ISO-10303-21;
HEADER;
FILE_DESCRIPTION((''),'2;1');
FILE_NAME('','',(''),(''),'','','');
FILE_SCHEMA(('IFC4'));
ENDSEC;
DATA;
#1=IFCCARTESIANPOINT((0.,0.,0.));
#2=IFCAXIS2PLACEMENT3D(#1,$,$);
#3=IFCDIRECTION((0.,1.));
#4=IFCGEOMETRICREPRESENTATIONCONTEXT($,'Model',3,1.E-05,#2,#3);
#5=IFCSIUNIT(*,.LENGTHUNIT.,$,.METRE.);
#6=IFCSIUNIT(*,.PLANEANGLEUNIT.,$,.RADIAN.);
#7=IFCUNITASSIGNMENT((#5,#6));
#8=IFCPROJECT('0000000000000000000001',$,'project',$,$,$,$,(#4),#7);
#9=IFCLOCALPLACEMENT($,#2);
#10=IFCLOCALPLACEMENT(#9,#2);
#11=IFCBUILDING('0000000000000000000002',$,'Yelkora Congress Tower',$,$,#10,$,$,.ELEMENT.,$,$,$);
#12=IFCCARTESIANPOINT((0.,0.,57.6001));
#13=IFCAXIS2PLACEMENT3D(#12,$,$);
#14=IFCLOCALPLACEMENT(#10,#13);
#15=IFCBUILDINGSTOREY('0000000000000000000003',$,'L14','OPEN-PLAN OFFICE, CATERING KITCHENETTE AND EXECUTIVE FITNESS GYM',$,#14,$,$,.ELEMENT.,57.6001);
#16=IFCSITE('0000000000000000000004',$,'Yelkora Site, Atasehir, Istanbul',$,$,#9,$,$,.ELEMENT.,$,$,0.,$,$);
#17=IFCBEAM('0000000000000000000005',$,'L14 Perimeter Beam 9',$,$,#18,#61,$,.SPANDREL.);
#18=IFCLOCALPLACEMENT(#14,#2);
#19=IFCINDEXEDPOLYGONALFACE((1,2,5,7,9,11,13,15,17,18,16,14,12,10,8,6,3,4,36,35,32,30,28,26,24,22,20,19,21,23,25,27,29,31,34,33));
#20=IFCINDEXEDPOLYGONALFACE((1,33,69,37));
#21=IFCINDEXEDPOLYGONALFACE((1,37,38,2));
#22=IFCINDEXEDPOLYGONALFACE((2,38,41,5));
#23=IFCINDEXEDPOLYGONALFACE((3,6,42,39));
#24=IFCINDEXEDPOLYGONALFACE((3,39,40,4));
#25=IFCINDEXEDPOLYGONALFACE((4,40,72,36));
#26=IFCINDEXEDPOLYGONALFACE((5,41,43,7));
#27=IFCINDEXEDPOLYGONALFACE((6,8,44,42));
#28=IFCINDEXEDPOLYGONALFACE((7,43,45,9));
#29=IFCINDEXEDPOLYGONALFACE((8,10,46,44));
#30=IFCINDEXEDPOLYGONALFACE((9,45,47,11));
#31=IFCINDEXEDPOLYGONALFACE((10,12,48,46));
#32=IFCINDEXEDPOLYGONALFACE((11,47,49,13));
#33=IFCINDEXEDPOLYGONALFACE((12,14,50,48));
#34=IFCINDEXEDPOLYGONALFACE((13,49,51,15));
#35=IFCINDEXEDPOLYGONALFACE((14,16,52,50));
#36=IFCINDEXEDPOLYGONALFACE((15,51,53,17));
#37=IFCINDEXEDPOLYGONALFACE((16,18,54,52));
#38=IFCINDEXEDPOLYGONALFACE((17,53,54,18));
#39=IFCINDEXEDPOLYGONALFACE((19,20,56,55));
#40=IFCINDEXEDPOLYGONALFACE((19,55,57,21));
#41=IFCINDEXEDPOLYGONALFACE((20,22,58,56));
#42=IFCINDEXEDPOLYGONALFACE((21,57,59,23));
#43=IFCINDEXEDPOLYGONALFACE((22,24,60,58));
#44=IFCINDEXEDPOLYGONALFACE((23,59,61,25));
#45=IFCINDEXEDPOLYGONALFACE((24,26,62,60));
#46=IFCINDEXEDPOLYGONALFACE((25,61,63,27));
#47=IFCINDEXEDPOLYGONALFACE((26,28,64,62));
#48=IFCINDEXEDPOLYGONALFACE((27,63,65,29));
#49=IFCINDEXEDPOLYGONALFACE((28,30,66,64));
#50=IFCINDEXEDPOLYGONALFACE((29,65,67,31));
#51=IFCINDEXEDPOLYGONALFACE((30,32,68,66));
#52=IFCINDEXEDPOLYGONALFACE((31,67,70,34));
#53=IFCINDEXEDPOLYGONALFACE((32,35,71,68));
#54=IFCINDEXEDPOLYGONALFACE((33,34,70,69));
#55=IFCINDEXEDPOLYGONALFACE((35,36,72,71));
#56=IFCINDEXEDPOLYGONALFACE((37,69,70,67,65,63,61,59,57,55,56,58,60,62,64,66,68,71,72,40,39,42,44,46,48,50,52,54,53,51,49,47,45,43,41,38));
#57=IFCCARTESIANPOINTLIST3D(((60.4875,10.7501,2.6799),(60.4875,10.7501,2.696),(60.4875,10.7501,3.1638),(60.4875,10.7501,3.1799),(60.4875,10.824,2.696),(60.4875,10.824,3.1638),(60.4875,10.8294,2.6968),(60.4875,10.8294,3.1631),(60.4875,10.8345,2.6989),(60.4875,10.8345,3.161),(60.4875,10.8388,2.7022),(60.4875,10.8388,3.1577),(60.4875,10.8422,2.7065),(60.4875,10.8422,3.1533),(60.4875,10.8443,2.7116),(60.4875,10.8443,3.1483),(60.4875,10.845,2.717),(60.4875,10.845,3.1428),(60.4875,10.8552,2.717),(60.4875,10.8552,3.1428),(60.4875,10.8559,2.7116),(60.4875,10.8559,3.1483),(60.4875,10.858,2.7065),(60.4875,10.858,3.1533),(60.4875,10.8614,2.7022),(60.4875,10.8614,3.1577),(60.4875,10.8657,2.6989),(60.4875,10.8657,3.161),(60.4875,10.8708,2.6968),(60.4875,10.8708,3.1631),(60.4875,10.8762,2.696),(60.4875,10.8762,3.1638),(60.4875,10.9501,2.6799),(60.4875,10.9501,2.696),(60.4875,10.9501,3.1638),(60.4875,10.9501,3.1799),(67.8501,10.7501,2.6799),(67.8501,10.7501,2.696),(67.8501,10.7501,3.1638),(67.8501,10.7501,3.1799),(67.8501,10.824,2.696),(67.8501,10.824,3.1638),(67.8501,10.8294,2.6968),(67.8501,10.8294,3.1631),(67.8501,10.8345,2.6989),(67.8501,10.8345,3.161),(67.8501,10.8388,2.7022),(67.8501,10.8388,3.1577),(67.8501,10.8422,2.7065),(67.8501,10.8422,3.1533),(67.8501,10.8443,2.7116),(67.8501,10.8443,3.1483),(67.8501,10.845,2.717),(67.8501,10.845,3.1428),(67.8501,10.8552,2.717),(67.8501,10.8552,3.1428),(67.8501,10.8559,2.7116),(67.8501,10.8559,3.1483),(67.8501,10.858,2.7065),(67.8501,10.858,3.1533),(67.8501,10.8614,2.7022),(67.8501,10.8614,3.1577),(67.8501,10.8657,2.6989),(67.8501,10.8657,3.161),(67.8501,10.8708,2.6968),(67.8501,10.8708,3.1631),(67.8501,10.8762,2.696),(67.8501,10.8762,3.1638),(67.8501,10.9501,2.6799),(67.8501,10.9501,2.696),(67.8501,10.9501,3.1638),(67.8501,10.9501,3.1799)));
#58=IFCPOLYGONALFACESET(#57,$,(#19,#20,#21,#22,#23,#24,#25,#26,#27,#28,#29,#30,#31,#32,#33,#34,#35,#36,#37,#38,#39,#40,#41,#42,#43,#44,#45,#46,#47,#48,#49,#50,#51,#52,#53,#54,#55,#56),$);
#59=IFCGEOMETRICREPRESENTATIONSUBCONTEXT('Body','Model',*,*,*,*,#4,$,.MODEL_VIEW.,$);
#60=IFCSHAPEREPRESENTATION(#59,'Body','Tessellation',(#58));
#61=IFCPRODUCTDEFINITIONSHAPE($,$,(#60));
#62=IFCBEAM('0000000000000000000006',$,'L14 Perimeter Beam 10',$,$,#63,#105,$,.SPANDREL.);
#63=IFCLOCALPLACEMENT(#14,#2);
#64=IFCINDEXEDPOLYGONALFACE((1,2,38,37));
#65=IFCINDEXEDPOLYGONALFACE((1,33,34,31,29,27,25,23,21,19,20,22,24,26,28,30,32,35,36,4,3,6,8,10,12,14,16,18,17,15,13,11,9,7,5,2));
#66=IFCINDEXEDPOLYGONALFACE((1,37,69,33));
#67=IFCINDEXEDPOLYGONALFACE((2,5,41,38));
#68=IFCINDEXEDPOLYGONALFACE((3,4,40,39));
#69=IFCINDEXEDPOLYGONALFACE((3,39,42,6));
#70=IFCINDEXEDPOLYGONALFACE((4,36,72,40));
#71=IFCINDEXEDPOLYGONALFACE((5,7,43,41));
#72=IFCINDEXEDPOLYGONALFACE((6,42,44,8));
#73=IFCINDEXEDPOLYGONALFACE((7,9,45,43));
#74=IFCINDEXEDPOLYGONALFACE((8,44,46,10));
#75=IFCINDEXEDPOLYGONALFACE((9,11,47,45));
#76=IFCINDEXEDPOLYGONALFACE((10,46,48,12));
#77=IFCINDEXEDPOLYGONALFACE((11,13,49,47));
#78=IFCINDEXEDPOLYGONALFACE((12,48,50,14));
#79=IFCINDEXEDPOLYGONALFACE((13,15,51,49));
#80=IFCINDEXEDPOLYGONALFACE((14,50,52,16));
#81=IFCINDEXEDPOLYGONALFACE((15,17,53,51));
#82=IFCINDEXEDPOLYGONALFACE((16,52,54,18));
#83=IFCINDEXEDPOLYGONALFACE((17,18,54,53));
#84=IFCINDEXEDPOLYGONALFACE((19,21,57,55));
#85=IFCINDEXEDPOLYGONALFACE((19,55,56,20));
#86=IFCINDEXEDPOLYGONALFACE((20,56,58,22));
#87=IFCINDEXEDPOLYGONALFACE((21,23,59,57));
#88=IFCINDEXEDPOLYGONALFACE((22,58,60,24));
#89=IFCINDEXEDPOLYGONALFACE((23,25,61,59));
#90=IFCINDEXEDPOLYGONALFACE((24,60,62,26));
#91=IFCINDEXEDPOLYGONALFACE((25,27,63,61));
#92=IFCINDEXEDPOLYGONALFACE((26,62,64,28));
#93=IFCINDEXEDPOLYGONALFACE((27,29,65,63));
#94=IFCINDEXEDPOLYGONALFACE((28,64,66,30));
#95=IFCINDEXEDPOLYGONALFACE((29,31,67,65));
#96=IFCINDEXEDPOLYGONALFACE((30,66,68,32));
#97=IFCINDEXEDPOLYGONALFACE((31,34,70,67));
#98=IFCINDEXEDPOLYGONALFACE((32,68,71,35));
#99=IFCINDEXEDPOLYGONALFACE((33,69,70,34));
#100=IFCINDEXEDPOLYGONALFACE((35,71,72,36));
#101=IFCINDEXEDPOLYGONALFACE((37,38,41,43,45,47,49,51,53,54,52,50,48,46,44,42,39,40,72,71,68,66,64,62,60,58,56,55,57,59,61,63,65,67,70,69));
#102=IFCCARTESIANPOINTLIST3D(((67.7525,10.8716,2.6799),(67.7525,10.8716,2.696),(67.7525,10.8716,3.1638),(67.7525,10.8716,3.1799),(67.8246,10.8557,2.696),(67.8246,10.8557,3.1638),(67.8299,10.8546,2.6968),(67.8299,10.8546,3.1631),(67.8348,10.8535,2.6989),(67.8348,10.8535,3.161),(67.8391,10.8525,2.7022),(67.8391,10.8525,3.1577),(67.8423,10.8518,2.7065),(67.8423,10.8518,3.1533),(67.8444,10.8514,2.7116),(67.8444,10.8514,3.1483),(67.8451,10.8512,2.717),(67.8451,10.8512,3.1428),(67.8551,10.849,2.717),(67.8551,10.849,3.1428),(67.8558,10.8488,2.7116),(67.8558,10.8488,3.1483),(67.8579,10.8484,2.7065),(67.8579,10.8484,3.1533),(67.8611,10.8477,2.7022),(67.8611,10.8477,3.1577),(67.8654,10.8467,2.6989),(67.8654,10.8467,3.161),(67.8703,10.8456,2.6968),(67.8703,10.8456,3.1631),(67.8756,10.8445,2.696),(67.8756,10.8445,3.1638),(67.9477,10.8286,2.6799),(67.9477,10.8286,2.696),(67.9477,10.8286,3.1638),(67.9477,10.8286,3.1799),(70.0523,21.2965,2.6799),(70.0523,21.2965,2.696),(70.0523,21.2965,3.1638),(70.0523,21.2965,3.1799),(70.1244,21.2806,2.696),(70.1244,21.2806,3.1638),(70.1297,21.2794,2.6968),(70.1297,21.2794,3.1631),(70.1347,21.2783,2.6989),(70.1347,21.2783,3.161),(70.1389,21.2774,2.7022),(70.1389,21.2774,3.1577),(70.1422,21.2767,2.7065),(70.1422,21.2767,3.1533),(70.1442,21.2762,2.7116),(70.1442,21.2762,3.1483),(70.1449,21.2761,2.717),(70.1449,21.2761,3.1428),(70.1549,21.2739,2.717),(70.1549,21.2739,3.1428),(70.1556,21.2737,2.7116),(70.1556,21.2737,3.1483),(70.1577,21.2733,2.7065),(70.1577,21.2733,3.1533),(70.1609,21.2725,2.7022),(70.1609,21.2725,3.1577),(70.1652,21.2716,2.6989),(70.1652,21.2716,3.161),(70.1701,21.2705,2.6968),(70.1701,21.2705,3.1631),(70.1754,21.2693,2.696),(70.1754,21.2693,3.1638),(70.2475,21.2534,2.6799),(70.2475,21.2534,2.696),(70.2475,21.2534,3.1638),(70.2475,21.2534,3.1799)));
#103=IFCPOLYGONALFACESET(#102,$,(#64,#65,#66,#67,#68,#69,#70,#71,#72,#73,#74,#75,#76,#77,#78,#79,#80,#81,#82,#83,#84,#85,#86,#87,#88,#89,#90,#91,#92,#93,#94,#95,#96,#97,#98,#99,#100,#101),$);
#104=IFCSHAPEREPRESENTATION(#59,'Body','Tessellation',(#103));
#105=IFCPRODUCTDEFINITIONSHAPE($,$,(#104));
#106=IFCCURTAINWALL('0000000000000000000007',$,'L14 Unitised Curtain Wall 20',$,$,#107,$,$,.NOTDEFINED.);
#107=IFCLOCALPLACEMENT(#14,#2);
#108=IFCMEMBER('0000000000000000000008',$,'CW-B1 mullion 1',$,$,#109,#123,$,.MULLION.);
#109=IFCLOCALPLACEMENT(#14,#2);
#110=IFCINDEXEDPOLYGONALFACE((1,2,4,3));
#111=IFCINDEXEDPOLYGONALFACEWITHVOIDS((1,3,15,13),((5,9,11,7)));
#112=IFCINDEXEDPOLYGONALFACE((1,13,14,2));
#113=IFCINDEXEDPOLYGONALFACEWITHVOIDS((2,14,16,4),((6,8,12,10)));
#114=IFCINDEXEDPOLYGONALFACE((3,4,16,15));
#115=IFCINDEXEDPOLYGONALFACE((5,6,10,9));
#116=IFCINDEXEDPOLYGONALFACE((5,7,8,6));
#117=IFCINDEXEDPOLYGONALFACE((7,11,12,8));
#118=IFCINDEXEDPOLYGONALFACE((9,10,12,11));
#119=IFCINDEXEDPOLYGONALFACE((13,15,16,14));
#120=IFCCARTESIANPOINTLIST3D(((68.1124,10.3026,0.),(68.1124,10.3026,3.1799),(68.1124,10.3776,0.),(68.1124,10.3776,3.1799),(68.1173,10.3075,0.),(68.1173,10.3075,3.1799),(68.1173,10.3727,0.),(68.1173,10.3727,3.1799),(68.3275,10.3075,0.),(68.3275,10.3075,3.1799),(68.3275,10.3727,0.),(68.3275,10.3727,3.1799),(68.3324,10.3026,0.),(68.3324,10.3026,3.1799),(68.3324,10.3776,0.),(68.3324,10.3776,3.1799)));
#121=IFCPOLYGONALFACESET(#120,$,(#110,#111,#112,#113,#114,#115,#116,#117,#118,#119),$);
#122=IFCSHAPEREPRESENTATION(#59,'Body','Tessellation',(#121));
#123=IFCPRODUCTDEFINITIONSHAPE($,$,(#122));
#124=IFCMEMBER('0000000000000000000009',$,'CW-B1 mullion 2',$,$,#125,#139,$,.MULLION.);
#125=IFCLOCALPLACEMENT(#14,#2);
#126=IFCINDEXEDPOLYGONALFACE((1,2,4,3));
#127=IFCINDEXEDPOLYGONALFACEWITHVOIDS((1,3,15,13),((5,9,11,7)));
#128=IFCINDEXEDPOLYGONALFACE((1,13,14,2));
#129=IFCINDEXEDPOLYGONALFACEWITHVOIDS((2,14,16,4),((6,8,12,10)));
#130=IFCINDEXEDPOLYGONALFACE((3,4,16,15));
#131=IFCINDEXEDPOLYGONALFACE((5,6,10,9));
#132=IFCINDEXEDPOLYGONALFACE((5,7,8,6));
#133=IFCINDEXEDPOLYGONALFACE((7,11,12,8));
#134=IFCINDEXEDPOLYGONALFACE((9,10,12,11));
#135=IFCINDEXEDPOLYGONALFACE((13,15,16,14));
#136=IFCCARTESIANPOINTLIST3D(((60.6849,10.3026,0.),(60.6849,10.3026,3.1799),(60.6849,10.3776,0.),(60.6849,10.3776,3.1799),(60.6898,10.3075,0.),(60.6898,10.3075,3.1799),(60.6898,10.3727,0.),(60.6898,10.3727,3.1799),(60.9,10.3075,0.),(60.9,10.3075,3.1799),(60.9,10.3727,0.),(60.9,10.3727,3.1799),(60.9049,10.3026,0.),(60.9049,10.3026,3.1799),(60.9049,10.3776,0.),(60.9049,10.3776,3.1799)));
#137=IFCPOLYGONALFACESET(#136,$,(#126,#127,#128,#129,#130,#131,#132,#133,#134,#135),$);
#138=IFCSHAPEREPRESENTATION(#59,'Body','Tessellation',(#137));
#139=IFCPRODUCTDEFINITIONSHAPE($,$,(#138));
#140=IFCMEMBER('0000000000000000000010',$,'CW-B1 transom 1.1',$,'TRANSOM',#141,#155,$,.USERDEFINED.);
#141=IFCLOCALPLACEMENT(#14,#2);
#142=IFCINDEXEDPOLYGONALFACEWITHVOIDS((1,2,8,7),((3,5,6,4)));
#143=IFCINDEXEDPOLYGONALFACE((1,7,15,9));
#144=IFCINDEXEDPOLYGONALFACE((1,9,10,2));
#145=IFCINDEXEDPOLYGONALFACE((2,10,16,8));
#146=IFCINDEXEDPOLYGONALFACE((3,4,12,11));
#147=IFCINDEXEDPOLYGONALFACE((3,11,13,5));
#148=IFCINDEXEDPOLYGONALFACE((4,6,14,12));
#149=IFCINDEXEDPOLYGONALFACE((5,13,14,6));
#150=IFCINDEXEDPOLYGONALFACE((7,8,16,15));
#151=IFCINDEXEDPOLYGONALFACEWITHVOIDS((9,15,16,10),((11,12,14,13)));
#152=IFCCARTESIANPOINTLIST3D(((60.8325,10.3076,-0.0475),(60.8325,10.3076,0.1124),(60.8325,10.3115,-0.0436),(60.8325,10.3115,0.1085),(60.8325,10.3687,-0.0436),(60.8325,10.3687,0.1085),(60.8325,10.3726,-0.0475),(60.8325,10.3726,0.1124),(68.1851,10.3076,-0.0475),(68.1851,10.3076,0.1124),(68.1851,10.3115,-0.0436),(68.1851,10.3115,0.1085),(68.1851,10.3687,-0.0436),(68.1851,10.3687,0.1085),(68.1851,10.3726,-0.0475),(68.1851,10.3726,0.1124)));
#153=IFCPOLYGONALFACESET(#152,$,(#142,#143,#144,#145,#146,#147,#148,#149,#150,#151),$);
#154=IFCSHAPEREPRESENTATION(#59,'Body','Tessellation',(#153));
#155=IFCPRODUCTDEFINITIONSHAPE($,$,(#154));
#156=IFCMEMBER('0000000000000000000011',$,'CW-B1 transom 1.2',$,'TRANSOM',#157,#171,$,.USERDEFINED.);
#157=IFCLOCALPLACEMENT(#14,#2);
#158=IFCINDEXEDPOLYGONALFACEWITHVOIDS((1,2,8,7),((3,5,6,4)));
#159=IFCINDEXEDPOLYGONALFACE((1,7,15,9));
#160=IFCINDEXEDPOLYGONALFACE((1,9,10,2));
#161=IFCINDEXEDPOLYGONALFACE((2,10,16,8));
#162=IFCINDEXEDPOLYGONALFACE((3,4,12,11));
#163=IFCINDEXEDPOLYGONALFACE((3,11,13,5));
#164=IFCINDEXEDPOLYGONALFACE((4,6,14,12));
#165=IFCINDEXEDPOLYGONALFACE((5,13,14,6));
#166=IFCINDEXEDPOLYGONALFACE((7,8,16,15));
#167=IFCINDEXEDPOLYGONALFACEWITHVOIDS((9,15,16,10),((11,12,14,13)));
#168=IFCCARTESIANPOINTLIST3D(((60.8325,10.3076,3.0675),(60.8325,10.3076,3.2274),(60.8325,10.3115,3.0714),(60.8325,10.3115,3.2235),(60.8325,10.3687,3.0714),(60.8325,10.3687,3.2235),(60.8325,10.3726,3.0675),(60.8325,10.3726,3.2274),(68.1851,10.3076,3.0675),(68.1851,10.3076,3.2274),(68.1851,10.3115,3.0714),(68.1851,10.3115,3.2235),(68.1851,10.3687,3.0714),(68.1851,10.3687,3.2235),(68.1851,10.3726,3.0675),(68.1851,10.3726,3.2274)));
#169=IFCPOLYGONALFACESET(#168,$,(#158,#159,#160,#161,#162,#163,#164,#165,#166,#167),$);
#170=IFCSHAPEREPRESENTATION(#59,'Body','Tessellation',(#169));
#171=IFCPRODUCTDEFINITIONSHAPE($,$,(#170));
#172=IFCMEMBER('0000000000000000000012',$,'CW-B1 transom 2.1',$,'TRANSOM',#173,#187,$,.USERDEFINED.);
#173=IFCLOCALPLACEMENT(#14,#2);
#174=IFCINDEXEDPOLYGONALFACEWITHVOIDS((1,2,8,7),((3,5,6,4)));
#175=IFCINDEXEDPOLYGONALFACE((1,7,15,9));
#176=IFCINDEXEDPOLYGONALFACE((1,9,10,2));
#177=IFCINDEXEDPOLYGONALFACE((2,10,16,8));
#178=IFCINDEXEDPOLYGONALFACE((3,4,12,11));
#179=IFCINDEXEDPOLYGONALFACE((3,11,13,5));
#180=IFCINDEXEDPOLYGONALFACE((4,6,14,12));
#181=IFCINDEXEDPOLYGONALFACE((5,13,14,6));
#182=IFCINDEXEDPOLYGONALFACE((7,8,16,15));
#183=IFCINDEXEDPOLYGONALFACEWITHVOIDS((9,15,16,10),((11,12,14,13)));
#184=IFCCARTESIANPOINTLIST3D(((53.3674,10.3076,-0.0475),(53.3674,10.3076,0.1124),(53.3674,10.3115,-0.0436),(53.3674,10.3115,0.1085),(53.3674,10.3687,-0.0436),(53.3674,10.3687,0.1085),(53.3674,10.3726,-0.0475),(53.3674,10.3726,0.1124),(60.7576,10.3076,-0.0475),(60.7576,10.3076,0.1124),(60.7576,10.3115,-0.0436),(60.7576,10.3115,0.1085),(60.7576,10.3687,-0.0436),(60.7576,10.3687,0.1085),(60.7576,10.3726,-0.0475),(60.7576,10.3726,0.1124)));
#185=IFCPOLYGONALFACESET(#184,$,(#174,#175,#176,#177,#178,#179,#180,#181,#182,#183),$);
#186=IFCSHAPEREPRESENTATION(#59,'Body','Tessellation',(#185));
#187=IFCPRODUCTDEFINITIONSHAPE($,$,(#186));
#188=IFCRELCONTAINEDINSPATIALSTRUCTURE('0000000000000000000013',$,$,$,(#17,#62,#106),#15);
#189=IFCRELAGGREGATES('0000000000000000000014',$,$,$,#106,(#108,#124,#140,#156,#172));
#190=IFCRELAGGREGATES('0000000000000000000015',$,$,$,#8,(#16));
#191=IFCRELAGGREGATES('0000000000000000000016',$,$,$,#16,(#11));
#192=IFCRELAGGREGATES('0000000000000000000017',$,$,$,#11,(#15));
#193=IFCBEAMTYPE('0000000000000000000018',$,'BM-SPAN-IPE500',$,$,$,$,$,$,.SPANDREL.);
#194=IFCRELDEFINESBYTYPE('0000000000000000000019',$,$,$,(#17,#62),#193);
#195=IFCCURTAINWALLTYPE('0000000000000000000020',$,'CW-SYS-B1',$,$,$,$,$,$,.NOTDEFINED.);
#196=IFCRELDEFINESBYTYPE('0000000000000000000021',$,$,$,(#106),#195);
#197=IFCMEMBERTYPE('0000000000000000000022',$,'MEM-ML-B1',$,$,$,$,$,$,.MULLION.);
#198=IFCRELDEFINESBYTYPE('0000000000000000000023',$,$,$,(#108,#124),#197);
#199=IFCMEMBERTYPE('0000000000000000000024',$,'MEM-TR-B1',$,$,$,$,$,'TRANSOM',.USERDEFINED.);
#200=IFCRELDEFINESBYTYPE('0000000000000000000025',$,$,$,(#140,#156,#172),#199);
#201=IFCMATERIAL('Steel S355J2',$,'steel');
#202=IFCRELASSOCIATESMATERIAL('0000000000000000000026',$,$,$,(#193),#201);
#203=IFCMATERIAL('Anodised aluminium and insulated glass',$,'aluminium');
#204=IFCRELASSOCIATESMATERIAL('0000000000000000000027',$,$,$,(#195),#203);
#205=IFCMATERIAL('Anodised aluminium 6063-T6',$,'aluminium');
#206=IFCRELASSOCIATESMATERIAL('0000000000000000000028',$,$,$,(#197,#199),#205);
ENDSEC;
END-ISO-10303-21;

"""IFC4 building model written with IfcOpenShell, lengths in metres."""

from ifc_helpers import new_model, si_unit, direction, frame, origin, origin_2d, place, context, subcontext, project, spatial, hollow_rectangle, i_section, extrude, material, material_profile, profile_set, type_object, element, aggregate, save


model = new_model("IFC4")

# Units and contexts
model_context = context("Model", 3, precision=1e-05, world=origin(), true_north=direction((0.0, 1.0)))
body_context = subcontext(model_context, "Body", "Model", "MODEL_VIEW")
ifc_project = project(units=[si_unit("LENGTHUNIT", "METRE"), si_unit("PLANEANGLEUNIT", "RADIAN")], contexts=[model_context])

# Site, building, storey
site_placement = place(None, origin())
site = spatial("IfcSite", under=ifc_project, at=site_placement, Name="Yelkora Site, Atasehir, Istanbul", CompositionType="ELEMENT", RefElevation=0.0)
building_placement = place(site_placement, origin())
building = spatial("IfcBuilding", under=site, at=building_placement, Name="Yelkora Congress Tower", CompositionType="ELEMENT")
storey_placement = place(building_placement, frame((0.0, 0.0, 57.6001)))
storey = spatial("IfcBuildingStorey", under=building, at=storey_placement, Name="L14", Description="OPEN-PLAN OFFICE, CATERING KITCHENETTE AND EXECUTIVE FITNESS GYM", CompositionType="ELEMENT", Elevation=57.6001)

# Beams
ifc_material_1 = material(Name="Steel S355J2", Category="steel")
ifc_material_profile_1 = material_profile(ifc_material_1, i_section(OverallWidth=0.2, OverallDepth=0.5, WebThickness=0.0103, FlangeThickness=0.0161, FilletRadius=0.021, at=origin_2d()), Name="IPE 500")
ifc_profile_set_1 = profile_set([ifc_material_profile_1], Name="Steel S355J2")
beam_type_1 = type_object("IfcBeamType", Name="BM-SPAN-IPE500", PredefinedType="SPANDREL", material=ifc_profile_set_1)
beam_1_placement = place(storey_placement, frame((60.4875, 10.8501, 2.9299), z_axis=(1.0, 0.0, 0.0), x_axis=(0.0, 1.0, 0.0)))
element("IfcBeam", 1, at=beam_1_placement, inside=storey, type_object=beam_type_1, Name="L14 Perimeter Beam 9", PredefinedType="SPANDREL", context=body_context, shape_type="SweptSolid", body=[
    extrude(i_section(OverallWidth=0.2, OverallDepth=0.5, WebThickness=0.0103, FlangeThickness=0.0161, FilletRadius=0.021, at=origin_2d()), origin(), (0.0, 0.0, 1.0), 7.3625),
])
beam_2_placement = place(storey_placement, frame((67.8501, 10.8501, 2.9299), z_axis=(0.215429, 0.97652, 0.0), x_axis=(-0.97652, 0.215429, 0.0)))
element("IfcBeam", 2, at=beam_2_placement, inside=storey, type_object=beam_type_1, Name="L14 Perimeter Beam 10", PredefinedType="SPANDREL", context=body_context, shape_type="SweptSolid", body=[
    extrude(i_section(OverallWidth=0.2, OverallDepth=0.5, WebThickness=0.0103, FlangeThickness=0.0161, FilletRadius=0.021, at=origin_2d()), origin(), (0.0, 0.0, 1.0), 10.6755),
])

# Curtain wall, members
ifc_material_2 = material(Name="Anodised aluminium and insulated glass", Category="aluminium")
curtain_wall_type = type_object("IfcCurtainWallType", Name="CW-SYS-B1", PredefinedType="NOTDEFINED", material=ifc_material_2)
curtain_wall_placement = place(storey_placement, origin())
curtain_wall = element("IfcCurtainWall", 3, at=curtain_wall_placement, inside=storey, type_object=curtain_wall_type, Name="L14 Unitised Curtain Wall 20", PredefinedType="NOTDEFINED")
ifc_material_3 = material(Name="Anodised aluminium 6063-T6", Category="aluminium")
ifc_material_profile_2 = material_profile(ifc_material_3, hollow_rectangle(XDim=0.075, YDim=0.22, WallThickness=0.0049, at=origin_2d()), Name="ALU 75x220x5")
ifc_profile_set_2 = profile_set([ifc_material_profile_2], Name="Anodised aluminium 6063-T6")
member_type_1 = type_object("IfcMemberType", Name="MEM-ML-B1", PredefinedType="MULLION", material=ifc_profile_set_2)
member_1_placement = place(storey_placement, frame((68.2224, 10.3401, 0.0), z_axis=(0.0, 0.0, 1.0), x_axis=(0.0, -1.0, 0.0)))
member_1 = element("IfcMember", 4, at=member_1_placement, type_object=member_type_1, Name="CW-B1 mullion 1", PredefinedType="MULLION", context=body_context, shape_type="SweptSolid", body=[
    extrude(hollow_rectangle(XDim=0.075, YDim=0.22, WallThickness=0.0049, at=origin_2d()), origin(), (0.0, 0.0, 1.0), 3.1799),
])
member_2_placement = place(storey_placement, frame((60.7949, 10.3401, 0.0), z_axis=(0.0, 0.0, 1.0), x_axis=(0.0, -1.0, 0.0)))
member_2 = element("IfcMember", 5, at=member_2_placement, type_object=member_type_1, Name="CW-B1 mullion 2", PredefinedType="MULLION", context=body_context, shape_type="SweptSolid", body=[
    extrude(hollow_rectangle(XDim=0.075, YDim=0.22, WallThickness=0.0049, at=origin_2d()), origin(), (0.0, 0.0, 1.0), 3.1799),
])
ifc_material_profile_3 = material_profile(ifc_material_3, hollow_rectangle(XDim=0.0649, YDim=0.1599, WallThickness=0.0039, at=origin_2d()), Name="ALU 65x160x4")
ifc_profile_set_3 = profile_set([ifc_material_profile_3], Name="Anodised aluminium 6063-T6")
member_type_2 = type_object("IfcMemberType", Name="MEM-TR-B1", ElementType="TRANSOM", PredefinedType="USERDEFINED", material=ifc_profile_set_3)
member_3_placement = place(storey_placement, frame((68.1851, 10.3401, 0.0325), z_axis=(-1.0, 0.0, 0.0), x_axis=(0.0, -1.0, 0.0)))
member_3 = element("IfcMember", 6, at=member_3_placement, type_object=member_type_2, Name="CW-B1 transom 1.1", ObjectType="TRANSOM", PredefinedType="USERDEFINED", context=body_context, shape_type="SweptSolid", body=[
    extrude(hollow_rectangle(XDim=0.0649, YDim=0.1599, WallThickness=0.0039, at=origin_2d()), origin(), (0.0, 0.0, 1.0), 7.3525),
])
member_4_placement = place(storey_placement, frame((68.1851, 10.3401, 3.1475), z_axis=(-1.0, 0.0, 0.0), x_axis=(0.0, -1.0, 0.0)))
member_4 = element("IfcMember", 7, at=member_4_placement, type_object=member_type_2, Name="CW-B1 transom 1.2", ObjectType="TRANSOM", PredefinedType="USERDEFINED", context=body_context, shape_type="SweptSolid", body=[
    extrude(hollow_rectangle(XDim=0.0649, YDim=0.1599, WallThickness=0.0039, at=origin_2d()), origin(), (0.0, 0.0, 1.0), 7.3525),
])
member_5_placement = place(storey_placement, frame((60.7576, 10.3401, 0.0325), z_axis=(-1.0, 0.0, 0.0), x_axis=(0.0, -1.0, 0.0)))
member_5 = element("IfcMember", 8, at=member_5_placement, type_object=member_type_2, Name="CW-B1 transom 2.1", ObjectType="TRANSOM", PredefinedType="USERDEFINED", context=body_context, shape_type="SweptSolid", body=[
    extrude(hollow_rectangle(XDim=0.0649, YDim=0.1599, WallThickness=0.0039, at=origin_2d()), origin(), (0.0, 0.0, 1.0), 7.3901),
])
aggregate(curtain_wall, [member_1, member_2, member_3, member_4, member_5])

save(model, "model.ifc")
